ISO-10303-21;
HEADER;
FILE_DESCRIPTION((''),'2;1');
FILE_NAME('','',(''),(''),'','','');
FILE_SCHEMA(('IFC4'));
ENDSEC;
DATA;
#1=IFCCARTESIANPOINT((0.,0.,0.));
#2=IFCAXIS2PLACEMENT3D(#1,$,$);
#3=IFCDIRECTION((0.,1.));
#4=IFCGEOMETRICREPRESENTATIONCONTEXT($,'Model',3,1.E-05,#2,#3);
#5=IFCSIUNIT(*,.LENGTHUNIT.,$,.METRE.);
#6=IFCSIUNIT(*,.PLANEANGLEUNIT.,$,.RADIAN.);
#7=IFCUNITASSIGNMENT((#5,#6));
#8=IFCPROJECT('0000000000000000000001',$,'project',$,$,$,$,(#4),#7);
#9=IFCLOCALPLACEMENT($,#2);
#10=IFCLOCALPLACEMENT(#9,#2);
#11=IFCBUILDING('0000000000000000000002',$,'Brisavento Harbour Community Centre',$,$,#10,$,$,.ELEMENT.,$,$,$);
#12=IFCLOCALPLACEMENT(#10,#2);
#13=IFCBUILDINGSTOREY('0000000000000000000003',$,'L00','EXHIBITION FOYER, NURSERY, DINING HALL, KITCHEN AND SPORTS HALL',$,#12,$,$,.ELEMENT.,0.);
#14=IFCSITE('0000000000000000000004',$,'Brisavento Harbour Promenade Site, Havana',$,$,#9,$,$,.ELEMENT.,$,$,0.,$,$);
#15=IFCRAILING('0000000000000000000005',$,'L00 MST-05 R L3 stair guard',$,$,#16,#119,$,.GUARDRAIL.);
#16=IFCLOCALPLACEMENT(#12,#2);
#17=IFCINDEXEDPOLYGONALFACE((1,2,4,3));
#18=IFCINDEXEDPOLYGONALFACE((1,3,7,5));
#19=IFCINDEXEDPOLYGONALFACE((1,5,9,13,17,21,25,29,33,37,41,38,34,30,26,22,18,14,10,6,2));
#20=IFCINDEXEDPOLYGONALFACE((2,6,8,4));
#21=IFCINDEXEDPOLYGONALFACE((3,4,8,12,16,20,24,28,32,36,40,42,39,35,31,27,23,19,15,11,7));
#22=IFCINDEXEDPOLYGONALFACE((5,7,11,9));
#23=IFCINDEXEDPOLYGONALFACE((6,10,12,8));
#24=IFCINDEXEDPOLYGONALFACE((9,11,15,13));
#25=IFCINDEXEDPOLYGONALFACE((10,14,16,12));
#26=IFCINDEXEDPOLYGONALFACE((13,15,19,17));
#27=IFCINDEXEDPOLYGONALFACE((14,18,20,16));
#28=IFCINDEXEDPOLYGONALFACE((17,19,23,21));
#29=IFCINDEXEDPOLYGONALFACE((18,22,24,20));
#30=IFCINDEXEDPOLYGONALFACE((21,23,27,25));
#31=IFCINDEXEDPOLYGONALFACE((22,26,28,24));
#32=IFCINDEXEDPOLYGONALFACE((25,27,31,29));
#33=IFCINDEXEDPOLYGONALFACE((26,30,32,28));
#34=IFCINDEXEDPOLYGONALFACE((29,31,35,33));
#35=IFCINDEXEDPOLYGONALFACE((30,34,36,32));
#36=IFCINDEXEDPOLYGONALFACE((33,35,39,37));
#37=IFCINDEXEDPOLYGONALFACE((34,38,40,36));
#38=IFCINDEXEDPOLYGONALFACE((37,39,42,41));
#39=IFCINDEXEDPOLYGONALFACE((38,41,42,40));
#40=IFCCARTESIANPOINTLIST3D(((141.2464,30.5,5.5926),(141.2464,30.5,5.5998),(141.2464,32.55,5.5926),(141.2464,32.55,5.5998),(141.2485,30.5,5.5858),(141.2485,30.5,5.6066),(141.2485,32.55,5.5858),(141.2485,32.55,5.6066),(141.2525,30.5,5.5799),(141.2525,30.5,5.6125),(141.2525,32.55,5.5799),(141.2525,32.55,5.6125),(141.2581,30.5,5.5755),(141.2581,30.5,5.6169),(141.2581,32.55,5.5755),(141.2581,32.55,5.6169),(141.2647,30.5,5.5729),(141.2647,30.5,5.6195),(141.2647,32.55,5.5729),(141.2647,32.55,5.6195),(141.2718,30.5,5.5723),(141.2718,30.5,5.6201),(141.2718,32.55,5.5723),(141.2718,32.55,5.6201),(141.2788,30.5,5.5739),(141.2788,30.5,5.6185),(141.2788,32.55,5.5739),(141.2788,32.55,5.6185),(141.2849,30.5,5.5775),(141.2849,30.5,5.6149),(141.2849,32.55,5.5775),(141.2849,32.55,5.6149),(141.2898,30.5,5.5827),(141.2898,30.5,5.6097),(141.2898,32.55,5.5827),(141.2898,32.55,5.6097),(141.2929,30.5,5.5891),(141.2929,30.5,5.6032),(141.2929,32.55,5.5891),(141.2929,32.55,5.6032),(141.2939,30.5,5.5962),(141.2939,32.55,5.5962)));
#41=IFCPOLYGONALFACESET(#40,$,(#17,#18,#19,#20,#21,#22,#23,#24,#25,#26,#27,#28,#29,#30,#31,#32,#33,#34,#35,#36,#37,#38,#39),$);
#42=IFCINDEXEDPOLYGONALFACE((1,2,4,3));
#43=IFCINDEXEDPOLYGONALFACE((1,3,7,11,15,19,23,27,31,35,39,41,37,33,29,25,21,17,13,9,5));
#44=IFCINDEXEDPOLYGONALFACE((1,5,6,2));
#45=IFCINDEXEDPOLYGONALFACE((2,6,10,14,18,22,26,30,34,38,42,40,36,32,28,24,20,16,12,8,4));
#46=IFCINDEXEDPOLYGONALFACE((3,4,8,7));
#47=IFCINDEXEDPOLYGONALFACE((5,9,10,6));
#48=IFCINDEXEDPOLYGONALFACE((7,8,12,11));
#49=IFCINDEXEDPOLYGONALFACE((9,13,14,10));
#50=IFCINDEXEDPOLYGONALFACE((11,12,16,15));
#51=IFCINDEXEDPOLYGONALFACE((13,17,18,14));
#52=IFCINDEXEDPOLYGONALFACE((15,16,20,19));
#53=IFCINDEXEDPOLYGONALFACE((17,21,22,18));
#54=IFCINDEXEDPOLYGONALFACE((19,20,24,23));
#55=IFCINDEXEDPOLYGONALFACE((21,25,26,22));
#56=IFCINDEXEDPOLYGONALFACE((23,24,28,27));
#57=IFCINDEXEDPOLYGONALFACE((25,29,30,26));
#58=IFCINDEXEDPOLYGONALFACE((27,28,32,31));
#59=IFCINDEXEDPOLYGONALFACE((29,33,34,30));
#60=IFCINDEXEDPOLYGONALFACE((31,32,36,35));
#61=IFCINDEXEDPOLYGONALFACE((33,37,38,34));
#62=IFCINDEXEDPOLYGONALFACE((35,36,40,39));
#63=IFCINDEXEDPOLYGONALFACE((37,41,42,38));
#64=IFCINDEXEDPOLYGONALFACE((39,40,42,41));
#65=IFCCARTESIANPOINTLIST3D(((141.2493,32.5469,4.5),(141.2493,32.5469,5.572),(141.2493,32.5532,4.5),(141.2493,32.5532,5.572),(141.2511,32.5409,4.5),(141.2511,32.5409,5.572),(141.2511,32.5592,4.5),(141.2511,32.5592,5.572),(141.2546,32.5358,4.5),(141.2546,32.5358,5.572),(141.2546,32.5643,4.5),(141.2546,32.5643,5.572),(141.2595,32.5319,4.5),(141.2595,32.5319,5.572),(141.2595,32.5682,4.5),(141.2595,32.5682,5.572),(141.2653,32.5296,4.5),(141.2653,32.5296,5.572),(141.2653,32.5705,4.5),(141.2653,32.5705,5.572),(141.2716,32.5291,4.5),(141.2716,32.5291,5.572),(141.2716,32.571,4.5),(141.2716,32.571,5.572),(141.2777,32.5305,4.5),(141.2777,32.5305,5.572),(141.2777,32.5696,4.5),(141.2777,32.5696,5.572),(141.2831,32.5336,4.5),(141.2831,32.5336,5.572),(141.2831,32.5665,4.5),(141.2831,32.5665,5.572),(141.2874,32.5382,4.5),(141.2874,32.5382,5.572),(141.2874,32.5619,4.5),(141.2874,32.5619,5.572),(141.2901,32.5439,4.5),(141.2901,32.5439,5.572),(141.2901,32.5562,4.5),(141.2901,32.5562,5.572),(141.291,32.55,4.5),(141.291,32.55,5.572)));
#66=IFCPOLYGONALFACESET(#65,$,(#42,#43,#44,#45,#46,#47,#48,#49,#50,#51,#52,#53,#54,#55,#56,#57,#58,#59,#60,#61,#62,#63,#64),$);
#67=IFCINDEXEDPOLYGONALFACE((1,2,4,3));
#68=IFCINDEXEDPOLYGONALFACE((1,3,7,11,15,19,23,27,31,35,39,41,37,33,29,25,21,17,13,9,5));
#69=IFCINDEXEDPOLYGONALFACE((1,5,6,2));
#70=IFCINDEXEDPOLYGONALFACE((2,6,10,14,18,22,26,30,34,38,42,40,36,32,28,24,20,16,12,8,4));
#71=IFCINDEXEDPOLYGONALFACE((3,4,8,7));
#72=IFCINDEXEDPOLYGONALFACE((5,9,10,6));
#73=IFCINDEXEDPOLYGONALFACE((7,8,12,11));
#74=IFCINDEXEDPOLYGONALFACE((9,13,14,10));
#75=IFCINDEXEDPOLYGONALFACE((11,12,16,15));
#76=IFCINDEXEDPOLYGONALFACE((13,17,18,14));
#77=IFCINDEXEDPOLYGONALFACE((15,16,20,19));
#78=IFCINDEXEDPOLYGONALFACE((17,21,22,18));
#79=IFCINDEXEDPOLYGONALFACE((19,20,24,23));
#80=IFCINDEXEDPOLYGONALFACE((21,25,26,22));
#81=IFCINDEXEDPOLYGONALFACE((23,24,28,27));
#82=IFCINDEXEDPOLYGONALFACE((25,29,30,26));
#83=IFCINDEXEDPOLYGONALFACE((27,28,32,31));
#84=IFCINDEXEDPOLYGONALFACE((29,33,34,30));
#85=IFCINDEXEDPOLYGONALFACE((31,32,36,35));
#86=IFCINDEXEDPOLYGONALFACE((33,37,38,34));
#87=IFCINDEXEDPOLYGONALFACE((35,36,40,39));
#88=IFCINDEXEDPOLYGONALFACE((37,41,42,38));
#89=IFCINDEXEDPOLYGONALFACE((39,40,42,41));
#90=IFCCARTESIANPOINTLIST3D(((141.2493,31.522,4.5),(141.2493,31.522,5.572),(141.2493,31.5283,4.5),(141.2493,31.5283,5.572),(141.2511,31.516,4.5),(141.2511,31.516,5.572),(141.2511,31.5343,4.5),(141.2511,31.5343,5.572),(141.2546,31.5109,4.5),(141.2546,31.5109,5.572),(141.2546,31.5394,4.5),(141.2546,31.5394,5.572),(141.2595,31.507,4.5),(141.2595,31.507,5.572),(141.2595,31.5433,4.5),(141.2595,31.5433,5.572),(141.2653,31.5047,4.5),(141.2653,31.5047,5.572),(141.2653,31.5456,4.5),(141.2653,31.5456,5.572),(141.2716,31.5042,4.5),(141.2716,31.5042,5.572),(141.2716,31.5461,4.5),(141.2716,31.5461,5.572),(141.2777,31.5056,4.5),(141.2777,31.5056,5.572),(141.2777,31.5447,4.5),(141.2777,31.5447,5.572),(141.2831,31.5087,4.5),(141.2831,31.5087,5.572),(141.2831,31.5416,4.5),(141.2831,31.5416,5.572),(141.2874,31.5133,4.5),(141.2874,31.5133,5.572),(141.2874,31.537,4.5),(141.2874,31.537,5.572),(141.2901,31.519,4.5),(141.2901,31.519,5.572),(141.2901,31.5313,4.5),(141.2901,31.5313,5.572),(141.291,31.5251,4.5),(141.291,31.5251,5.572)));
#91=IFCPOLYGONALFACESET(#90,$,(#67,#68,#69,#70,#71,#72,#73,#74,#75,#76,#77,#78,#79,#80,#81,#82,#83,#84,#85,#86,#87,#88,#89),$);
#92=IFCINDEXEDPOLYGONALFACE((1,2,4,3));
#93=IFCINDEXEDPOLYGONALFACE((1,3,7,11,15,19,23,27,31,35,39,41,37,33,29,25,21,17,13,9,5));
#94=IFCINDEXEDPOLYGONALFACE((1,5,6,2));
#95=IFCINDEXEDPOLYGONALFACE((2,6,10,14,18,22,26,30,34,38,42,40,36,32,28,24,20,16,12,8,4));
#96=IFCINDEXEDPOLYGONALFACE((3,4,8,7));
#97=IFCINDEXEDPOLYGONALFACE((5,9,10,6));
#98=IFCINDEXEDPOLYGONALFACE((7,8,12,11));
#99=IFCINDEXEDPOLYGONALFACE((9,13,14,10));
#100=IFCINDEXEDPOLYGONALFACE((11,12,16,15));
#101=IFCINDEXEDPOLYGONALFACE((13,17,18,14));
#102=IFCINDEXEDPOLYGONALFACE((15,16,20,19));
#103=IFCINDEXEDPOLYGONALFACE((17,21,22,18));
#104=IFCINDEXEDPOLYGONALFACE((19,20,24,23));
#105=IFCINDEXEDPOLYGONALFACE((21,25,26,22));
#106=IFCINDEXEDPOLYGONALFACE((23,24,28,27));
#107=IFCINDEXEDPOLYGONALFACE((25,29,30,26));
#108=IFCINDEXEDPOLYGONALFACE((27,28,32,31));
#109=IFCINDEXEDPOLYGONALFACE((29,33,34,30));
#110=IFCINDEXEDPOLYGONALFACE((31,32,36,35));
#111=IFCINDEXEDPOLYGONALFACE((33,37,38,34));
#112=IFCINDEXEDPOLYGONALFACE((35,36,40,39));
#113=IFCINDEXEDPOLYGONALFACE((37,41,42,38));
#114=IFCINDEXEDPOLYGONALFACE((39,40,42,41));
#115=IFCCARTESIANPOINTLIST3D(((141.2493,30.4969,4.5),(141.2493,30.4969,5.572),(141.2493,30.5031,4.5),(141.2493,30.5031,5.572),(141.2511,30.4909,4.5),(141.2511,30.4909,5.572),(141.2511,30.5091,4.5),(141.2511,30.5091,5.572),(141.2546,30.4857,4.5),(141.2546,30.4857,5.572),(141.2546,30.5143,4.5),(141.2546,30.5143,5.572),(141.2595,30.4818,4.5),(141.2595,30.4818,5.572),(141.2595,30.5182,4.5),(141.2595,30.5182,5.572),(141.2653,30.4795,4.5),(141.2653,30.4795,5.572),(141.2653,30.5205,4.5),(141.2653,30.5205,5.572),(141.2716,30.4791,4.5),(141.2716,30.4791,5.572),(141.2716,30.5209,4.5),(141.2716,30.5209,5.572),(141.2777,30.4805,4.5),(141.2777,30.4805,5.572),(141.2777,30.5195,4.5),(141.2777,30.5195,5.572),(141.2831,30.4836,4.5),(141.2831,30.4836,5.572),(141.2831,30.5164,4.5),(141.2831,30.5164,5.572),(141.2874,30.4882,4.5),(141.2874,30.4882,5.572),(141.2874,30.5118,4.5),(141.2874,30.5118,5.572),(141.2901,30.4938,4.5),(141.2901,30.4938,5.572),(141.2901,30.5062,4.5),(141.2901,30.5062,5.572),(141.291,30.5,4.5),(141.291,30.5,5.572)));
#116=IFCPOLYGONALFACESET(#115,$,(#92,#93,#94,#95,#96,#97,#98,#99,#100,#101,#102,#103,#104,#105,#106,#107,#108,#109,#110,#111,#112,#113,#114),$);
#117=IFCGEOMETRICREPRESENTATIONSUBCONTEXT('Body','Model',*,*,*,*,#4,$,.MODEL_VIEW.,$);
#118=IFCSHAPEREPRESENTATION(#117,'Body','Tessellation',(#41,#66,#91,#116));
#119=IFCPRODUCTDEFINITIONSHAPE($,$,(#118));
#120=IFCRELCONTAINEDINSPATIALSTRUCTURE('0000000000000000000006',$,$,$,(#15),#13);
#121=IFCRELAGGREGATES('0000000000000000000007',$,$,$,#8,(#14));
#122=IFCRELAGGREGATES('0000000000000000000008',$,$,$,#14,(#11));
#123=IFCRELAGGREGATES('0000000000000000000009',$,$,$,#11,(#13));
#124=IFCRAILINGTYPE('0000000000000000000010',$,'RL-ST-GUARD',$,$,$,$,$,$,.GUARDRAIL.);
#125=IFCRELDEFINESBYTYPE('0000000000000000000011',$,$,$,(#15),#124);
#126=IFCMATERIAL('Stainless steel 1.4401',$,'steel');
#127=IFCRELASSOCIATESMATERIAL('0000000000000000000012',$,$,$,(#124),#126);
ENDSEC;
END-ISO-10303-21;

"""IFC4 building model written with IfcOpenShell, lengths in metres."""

from ifc_helpers import new_model, si_unit, direction, frame, origin, origin_2d, place, context, subcontext, project, spatial, circle, extrude, material, type_object, element, save


model = new_model("IFC4")

# Units and contexts
model_context = context("Model", 3, precision=1e-05, world=origin(), true_north=direction((0.0, 1.0)))
body_context = subcontext(model_context, "Body", "Model", "MODEL_VIEW")
ifc_project = project(units=[si_unit("LENGTHUNIT", "METRE"), si_unit("PLANEANGLEUNIT", "RADIAN")], contexts=[model_context])

# Site, building, storey
site_placement = place(None, origin())
site = spatial("IfcSite", under=ifc_project, at=site_placement, Name="Brisavento Harbour Promenade Site, Havana", CompositionType="ELEMENT", RefElevation=0.0)
building_placement = place(site_placement, origin())
building = spatial("IfcBuilding", under=site, at=building_placement, Name="Brisavento Harbour Community Centre", CompositionType="ELEMENT")
storey_placement = place(building_placement, origin())
storey = spatial("IfcBuildingStorey", under=building, at=storey_placement, Name="L00", Description="EXHIBITION FOYER, NURSERY, DINING HALL, KITCHEN AND SPORTS HALL", CompositionType="ELEMENT", Elevation=0.0)

# Railing
ifc_material_1 = material(Name="Stainless steel 1.4401", Category="steel")
railing_type = type_object("IfcRailingType", Name="RL-ST-GUARD", PredefinedType="GUARDRAIL", material=ifc_material_1)
railing_1_placement = place(storey_placement, frame((141.27, 32.55, 4.5)))
element("IfcRailing", 1, at=railing_1_placement, inside=storey, type_object=railing_type, Name="L00 MST-05 R L3 stair guard", PredefinedType="GUARDRAIL", context=body_context, shape_type="SweptSolid", body=[
    extrude(circle(Radius=0.0239, at=origin_2d()), frame((0.0, 0.0, 1.0962), z_axis=(0.0, -1.0, 0.0), x_axis=(1.0, 0.0, 0.0)), (0.0, 0.0, 1.0), 2.05),
    extrude(circle(Radius=0.021, at=origin_2d()), origin(), (0.0, 0.0, 1.0), 1.072),
    extrude(circle(Radius=0.021, at=origin_2d()), frame((0.0, -1.0249, 0.0)), (0.0, 0.0, 1.0), 1.072),
    extrude(circle(Radius=0.021, at=origin_2d()), frame((0.0, -2.05, 0.0)), (0.0, 0.0, 1.0), 1.072),
])

save(model, "model.ifc")
